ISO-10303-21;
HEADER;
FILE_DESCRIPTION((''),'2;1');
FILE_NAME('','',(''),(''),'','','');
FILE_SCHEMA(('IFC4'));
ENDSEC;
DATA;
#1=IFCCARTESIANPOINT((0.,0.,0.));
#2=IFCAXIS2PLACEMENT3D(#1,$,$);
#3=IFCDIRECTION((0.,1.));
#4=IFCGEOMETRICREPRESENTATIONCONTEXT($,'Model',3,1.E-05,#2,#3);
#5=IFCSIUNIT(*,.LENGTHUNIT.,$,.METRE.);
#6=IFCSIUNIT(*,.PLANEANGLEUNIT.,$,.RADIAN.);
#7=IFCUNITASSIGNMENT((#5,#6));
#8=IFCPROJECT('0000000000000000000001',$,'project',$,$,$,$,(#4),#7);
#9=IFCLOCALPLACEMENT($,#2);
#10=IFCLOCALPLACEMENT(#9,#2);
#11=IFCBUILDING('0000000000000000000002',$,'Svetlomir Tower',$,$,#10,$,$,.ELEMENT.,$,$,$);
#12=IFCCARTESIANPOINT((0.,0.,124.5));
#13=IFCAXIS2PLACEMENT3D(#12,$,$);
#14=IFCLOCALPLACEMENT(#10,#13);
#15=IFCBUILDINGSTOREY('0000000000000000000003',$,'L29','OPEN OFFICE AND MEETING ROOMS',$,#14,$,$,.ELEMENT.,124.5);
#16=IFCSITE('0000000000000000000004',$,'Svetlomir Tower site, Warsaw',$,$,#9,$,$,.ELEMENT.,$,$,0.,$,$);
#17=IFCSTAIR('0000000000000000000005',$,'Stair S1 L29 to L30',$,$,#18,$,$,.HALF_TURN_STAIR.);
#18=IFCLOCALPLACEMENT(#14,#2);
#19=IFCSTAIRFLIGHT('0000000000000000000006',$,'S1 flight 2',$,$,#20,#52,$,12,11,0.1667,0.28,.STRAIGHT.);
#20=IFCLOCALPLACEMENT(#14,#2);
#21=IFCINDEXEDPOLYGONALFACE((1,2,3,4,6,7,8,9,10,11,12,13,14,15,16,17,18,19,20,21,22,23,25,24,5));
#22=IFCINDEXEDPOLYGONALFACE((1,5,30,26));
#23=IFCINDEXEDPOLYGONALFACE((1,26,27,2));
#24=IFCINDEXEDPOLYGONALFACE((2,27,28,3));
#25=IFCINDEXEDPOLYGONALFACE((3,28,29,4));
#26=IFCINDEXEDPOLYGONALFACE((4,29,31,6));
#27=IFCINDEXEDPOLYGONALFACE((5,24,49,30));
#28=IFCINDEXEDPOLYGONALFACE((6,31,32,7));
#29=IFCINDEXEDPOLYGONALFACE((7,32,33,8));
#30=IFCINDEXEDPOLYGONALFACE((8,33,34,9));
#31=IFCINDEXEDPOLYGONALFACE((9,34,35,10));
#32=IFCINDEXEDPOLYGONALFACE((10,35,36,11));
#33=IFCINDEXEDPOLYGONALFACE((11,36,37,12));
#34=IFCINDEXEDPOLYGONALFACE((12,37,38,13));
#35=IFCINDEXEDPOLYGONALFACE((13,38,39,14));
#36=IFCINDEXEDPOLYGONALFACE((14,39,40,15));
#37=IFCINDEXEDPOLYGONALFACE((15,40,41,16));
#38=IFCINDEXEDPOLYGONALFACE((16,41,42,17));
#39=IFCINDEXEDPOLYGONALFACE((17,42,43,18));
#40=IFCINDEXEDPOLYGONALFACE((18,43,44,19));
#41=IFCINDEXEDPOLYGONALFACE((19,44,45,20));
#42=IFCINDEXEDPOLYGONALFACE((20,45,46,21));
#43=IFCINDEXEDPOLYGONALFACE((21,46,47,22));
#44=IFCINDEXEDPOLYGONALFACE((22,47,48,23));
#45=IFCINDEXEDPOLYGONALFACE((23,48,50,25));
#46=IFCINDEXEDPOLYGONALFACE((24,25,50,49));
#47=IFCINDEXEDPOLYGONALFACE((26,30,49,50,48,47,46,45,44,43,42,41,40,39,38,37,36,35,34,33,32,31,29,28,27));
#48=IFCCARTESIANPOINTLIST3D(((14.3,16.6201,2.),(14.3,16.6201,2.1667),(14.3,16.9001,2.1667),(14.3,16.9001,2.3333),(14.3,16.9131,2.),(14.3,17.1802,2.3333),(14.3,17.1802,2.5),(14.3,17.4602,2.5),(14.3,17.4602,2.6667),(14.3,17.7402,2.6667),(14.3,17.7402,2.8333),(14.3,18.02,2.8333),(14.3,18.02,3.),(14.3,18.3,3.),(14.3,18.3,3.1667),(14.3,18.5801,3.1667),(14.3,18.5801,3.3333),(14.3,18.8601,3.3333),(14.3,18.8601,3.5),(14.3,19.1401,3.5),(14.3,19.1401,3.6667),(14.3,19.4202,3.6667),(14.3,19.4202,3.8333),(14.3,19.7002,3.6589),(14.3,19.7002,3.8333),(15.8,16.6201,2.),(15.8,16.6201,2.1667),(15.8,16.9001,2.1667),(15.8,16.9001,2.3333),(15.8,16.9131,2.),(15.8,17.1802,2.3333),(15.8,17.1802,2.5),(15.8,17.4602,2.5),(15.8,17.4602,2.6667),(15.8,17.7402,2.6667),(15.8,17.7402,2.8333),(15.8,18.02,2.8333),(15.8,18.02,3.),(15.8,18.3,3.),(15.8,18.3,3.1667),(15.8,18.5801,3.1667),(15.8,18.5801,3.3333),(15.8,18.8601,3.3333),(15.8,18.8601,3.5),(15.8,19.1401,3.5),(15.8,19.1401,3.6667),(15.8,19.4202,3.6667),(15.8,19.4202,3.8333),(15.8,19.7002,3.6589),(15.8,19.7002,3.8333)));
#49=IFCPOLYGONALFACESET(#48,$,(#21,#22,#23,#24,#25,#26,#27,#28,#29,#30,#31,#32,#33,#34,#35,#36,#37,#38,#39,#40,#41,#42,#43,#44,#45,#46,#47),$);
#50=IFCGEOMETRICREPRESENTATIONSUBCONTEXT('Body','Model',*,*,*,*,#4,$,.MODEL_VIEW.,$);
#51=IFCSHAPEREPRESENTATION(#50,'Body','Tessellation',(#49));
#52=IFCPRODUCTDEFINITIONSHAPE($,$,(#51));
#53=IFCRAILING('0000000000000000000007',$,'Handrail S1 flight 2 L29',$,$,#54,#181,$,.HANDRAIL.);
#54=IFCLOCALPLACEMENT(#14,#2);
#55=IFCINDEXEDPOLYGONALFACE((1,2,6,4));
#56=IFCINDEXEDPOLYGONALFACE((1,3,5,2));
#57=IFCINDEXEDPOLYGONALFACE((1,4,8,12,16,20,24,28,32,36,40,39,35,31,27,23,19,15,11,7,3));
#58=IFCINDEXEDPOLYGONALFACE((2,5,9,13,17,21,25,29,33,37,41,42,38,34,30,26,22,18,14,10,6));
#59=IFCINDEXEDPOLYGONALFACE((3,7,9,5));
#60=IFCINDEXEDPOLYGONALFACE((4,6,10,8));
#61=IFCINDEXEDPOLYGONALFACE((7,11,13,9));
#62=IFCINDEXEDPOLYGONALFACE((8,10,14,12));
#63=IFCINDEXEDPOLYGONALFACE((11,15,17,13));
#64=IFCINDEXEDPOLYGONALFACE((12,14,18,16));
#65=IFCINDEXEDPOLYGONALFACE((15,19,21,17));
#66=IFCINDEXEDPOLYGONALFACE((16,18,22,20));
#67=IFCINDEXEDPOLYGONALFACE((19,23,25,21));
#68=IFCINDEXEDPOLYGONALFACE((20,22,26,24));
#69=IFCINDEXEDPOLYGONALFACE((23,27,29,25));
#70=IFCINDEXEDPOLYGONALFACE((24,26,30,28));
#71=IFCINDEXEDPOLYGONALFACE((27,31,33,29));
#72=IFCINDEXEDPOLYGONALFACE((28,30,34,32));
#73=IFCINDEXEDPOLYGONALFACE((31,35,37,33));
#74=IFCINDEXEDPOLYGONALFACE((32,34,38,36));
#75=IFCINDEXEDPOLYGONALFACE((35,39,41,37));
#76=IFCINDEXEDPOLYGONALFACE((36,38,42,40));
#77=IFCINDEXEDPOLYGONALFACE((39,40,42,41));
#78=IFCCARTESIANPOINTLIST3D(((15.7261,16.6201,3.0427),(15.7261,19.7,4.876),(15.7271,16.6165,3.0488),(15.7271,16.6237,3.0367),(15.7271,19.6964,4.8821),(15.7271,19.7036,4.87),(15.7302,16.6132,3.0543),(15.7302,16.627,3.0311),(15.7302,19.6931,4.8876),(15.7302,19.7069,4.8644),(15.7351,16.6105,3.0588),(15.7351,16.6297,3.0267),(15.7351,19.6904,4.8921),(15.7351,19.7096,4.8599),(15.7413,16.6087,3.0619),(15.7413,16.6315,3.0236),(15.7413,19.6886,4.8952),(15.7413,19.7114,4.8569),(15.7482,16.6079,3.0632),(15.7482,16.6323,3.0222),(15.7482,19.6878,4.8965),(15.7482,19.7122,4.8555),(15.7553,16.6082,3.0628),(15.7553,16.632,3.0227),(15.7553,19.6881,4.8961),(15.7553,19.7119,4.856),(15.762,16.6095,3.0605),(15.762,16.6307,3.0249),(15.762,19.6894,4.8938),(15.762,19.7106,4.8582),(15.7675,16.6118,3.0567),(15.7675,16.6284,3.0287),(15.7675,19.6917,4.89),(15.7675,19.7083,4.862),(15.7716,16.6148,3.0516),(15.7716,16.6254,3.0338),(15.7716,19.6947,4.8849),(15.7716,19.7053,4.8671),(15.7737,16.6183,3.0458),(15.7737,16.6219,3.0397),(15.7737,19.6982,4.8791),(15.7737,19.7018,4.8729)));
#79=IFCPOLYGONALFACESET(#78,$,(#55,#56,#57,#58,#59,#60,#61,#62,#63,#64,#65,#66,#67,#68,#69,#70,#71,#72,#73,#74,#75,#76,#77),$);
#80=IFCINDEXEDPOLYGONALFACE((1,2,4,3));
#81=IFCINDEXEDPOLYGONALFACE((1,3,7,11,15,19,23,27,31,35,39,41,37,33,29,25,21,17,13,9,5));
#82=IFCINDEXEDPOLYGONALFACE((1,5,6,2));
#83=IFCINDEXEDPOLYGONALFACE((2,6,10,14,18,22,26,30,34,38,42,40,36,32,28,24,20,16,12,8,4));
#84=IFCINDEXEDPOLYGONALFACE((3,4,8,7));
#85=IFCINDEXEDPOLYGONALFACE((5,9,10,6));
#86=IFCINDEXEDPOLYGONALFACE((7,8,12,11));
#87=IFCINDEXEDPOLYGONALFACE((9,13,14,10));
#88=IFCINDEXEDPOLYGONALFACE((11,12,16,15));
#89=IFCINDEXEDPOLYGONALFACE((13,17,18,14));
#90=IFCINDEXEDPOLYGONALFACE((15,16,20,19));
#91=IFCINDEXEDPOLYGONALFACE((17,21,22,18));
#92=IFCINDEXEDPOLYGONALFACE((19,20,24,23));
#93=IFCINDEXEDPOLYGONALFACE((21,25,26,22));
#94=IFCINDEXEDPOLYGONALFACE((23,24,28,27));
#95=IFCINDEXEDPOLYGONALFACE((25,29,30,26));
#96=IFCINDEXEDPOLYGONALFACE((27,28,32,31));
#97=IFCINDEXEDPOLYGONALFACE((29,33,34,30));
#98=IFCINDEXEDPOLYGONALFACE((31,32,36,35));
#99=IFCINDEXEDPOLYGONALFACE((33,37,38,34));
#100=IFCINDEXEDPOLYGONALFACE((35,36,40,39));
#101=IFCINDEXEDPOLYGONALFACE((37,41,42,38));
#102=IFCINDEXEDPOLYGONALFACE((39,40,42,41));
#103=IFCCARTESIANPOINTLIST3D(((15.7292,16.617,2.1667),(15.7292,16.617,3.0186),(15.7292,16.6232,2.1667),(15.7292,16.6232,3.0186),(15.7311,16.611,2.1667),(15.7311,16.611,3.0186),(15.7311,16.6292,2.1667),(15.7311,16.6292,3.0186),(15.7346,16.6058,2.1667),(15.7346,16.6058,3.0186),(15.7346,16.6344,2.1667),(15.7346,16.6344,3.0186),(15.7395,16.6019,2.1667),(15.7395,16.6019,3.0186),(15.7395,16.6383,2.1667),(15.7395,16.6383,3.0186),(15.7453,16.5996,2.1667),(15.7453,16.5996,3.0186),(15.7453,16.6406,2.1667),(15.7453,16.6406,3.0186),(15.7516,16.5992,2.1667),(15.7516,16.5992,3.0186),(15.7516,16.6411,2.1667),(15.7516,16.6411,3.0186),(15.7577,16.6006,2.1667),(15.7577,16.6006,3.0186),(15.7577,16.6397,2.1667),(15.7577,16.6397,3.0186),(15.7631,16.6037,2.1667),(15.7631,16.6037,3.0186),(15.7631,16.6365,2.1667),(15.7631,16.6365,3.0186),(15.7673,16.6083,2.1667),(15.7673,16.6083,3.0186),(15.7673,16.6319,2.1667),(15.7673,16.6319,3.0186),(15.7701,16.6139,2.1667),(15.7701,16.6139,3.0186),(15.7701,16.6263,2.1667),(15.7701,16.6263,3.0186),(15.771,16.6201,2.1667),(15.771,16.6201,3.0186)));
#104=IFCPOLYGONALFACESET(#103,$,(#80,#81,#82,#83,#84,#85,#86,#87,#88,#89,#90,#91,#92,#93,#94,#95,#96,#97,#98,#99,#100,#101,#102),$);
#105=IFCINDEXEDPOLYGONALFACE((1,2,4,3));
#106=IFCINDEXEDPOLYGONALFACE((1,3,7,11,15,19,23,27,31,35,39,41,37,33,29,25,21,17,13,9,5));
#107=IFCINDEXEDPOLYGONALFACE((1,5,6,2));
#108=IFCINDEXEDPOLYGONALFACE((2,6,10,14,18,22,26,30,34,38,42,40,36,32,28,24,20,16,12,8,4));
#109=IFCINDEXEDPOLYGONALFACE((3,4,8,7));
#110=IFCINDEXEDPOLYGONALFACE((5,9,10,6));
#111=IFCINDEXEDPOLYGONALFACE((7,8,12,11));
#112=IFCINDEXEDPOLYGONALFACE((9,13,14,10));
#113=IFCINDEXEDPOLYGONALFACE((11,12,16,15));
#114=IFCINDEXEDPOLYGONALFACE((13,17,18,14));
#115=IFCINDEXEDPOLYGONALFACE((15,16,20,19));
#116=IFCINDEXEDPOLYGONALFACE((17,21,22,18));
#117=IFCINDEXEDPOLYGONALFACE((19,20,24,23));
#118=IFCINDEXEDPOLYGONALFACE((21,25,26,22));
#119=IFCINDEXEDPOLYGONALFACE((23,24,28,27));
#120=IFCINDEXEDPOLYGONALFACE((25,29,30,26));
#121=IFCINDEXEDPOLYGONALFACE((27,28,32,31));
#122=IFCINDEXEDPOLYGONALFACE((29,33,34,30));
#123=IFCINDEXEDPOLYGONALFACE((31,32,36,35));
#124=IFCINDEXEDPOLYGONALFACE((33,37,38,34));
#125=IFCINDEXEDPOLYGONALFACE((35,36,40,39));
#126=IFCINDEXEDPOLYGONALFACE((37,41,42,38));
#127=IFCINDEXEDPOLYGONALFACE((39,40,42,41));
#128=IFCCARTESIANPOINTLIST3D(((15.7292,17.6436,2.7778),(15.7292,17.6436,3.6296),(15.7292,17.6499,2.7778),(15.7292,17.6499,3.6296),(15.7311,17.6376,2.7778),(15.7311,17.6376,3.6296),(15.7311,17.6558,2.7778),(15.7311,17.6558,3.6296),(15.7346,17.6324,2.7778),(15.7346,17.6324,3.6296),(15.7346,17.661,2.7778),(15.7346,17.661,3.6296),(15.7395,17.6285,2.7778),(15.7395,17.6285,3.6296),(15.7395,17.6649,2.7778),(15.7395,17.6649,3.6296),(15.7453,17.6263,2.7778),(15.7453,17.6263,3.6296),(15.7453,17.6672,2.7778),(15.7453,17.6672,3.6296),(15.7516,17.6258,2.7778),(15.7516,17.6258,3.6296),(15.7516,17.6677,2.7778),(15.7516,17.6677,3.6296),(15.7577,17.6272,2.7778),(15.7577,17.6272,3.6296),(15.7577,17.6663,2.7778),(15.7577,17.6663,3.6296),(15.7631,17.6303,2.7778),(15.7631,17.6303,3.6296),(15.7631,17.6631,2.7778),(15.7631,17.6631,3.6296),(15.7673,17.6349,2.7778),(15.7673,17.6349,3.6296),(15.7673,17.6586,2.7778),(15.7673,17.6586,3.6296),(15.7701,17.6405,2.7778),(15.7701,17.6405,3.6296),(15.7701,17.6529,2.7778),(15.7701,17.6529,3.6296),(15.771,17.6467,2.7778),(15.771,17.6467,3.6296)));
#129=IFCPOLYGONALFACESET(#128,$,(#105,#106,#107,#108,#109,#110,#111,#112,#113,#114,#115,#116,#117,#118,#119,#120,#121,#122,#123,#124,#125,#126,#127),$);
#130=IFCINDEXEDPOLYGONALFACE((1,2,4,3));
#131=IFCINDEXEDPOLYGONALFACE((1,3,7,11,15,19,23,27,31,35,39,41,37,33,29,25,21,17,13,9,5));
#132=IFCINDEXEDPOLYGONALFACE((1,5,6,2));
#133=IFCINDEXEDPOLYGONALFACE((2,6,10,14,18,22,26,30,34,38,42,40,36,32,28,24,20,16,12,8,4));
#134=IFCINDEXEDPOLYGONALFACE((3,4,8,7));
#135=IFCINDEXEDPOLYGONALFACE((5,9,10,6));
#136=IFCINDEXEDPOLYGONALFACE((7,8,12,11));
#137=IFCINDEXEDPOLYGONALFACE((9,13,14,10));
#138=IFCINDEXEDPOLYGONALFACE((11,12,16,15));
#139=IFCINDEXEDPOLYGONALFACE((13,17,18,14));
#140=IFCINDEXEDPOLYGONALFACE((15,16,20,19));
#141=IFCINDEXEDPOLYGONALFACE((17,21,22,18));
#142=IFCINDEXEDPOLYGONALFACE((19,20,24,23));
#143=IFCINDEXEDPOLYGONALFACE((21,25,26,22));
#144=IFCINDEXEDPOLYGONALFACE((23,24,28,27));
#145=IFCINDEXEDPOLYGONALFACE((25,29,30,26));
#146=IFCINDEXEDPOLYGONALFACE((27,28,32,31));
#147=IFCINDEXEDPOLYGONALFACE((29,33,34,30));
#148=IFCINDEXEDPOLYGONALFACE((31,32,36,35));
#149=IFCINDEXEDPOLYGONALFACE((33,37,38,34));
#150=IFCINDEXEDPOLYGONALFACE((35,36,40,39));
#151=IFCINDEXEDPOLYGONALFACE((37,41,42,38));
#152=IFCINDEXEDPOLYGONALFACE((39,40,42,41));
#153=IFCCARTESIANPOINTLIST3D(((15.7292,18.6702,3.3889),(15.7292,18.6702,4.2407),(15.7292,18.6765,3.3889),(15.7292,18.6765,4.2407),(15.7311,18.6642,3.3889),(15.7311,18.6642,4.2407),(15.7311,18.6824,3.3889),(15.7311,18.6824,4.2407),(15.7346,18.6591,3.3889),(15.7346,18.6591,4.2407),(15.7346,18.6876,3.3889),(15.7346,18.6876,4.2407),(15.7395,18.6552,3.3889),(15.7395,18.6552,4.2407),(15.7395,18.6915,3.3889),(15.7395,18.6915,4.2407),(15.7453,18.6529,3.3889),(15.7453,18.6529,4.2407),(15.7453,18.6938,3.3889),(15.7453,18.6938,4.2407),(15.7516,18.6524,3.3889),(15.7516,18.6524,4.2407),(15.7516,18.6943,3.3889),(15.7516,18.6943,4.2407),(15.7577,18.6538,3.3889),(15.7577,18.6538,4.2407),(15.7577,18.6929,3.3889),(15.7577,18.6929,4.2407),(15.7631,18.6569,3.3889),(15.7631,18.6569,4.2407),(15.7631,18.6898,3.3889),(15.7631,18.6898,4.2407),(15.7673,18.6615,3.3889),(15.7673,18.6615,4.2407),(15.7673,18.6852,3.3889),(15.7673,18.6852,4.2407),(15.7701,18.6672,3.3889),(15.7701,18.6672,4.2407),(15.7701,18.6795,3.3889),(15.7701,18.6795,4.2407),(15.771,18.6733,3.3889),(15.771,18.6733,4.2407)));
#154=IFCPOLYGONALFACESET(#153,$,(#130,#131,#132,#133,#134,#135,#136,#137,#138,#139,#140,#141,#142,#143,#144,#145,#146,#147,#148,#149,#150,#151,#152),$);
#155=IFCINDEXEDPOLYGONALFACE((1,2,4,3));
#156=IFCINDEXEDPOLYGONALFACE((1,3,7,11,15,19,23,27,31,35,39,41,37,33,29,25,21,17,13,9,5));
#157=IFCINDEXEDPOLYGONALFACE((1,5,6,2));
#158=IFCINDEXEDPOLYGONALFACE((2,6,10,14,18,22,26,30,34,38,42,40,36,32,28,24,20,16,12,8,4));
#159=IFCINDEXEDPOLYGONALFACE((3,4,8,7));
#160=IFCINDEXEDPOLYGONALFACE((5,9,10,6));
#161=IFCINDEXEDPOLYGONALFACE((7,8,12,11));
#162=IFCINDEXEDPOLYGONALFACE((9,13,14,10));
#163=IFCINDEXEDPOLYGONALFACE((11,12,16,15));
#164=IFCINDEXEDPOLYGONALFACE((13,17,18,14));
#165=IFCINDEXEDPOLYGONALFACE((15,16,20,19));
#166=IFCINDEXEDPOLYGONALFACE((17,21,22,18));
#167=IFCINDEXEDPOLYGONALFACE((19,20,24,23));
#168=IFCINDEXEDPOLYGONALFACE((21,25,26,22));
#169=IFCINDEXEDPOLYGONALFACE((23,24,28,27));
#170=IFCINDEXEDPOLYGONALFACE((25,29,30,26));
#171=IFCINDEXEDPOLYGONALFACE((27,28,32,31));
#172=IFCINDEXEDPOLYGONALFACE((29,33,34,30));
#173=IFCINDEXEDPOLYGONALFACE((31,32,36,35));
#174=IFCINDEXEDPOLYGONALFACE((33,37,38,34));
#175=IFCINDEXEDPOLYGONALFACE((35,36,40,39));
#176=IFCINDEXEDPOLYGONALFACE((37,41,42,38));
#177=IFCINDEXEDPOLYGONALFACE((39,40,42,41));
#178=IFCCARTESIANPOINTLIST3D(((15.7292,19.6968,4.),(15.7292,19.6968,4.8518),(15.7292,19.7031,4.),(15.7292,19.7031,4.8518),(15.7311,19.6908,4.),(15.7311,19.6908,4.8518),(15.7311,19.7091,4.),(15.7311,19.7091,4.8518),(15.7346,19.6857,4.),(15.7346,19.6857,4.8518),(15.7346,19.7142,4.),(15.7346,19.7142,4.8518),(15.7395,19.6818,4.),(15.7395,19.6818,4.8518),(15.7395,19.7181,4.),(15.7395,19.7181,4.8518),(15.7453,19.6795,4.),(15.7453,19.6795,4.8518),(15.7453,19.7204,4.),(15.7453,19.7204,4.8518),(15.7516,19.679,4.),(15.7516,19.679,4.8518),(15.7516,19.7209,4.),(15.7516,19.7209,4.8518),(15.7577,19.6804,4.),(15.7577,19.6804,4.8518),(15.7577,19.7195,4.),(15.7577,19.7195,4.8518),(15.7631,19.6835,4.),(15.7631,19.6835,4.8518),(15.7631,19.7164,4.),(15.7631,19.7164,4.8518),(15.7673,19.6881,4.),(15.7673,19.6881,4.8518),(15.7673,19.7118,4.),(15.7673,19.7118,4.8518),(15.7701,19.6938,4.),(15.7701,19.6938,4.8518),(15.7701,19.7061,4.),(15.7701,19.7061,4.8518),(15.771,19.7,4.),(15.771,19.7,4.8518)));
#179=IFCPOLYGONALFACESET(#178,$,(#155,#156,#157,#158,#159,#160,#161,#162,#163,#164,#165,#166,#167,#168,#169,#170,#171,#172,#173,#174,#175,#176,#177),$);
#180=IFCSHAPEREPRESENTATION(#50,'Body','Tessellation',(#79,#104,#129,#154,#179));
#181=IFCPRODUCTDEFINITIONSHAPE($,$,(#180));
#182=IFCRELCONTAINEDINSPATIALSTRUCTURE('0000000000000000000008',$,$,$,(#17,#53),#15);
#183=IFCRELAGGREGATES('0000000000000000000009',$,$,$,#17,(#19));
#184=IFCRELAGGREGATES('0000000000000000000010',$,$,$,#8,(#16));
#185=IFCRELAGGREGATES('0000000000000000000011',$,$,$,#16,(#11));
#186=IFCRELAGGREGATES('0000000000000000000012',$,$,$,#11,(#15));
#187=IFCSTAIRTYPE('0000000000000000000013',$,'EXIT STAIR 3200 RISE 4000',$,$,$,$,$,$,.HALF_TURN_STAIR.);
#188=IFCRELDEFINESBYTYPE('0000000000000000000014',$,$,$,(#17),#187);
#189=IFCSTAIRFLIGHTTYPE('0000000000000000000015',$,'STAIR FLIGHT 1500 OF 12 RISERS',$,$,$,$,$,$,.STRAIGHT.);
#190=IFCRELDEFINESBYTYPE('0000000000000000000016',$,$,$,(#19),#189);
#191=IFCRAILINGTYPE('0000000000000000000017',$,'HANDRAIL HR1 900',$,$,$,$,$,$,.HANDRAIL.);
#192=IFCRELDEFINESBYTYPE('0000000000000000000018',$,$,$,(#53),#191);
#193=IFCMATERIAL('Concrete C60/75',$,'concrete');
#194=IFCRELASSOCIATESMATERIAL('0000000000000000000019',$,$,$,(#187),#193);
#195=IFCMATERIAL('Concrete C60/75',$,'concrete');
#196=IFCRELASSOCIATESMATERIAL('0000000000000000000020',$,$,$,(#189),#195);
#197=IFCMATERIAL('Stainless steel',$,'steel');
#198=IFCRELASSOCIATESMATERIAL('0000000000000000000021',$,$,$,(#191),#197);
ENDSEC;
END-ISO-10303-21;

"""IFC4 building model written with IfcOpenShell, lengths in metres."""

from ifc_helpers import new_model, si_unit, direction, frame, origin, origin_2d, place, context, subcontext, project, spatial, polyline, circle, outline, extrude, material, type_object, element, aggregate, save


model = new_model("IFC4")

# Units and contexts
model_context = context("Model", 3, precision=1e-05, world=origin(), true_north=direction((0.0, 1.0)))
body_context = subcontext(model_context, "Body", "Model", "MODEL_VIEW")
ifc_project = project(units=[si_unit("LENGTHUNIT", "METRE"), si_unit("PLANEANGLEUNIT", "RADIAN")], contexts=[model_context])

# Site, building, storey
site_placement = place(None, origin())
site = spatial("IfcSite", under=ifc_project, at=site_placement, Name="Svetlomir Tower site, Warsaw", CompositionType="ELEMENT", RefElevation=0.0)
building_placement = place(site_placement, origin())
building = spatial("IfcBuilding", under=site, at=building_placement, Name="Svetlomir Tower", CompositionType="ELEMENT")
storey_placement = place(building_placement, frame((0.0, 0.0, 124.5)))
storey = spatial("IfcBuildingStorey", under=building, at=storey_placement, Name="L29", Description="OPEN OFFICE AND MEETING ROOMS", CompositionType="ELEMENT", Elevation=124.5)

# Stair, stair flight
ifc_material_1 = material(Name="Concrete C60/75", Category="concrete")
stair_type = type_object("IfcStairType", Name="EXIT STAIR 3200 RISE 4000", PredefinedType="HALF_TURN_STAIR", material=ifc_material_1)
stair_placement = place(storey_placement, origin())
stair = element("IfcStair", 1, at=stair_placement, inside=storey, type_object=stair_type, Name="Stair S1 L29 to L30", PredefinedType="HALF_TURN_STAIR")
ifc_material_2 = material(Name="Concrete C60/75", Category="concrete")
stair_flight_type = type_object("IfcStairFlightType", Name="STAIR FLIGHT 1500 OF 12 RISERS", PredefinedType="STRAIGHT", material=ifc_material_2)
stair_flight_placement = place(storey_placement, frame((15.05, 16.6201, 2.0), z_axis=(0.0, 0.0, 1.0), x_axis=(0.0, 1.0, 0.0)))
stair_flight = element("IfcStairFlight", 2, at=stair_flight_placement, type_object=stair_flight_type, Name="S1 flight 2", NumberOfRisers=12, NumberOfTreads=11, PredefinedType="STRAIGHT", RiserHeight=0.1667, TreadLength=0.28, context=body_context, shape_type="SweptSolid", body=[
    extrude(outline(polyline([(0.0, 0.0), (0.0, 0.1667), (0.28, 0.1667), (0.28, 0.3333), (0.5601, 0.3333), (0.5601, 0.5), (0.8401, 0.5), (0.8401, 0.6667), (1.1201, 0.6667), (1.1201, 0.8333), (1.3999, 0.8333), (1.3999, 1.0), (1.6799, 1.0), (1.6799, 1.1667), (1.96, 1.1667), (1.96, 1.3333), (2.24, 1.3333), (2.24, 1.5), (2.52, 1.5), (2.52, 1.6667), (2.8, 1.6667), (2.8, 1.8333), (3.0801, 1.8333), (3.0801, 2.0), (3.0801, 1.6589), (0.293, 0.0), (0.0, 0.0)])), frame((0.0, 0.75, 0.0), z_axis=(0.0, -1.0, 0.0), x_axis=(1.0, 0.0, 0.0)), (0.0, 0.0, 1.0), 1.5),
])
aggregate(stair, [stair_flight])

# Railing
ifc_material_3 = material(Name="Stainless steel", Category="steel")
railing_type = type_object("IfcRailingType", Name="HANDRAIL HR1 900", PredefinedType="HANDRAIL", material=ifc_material_3)
railing_placement = place(storey_placement, frame((15.75, 16.6201, 2.1667)))
element("IfcRailing", 3, at=railing_placement, inside=storey, type_object=railing_type, Name="Handrail S1 flight 2 L29", PredefinedType="HANDRAIL", context=body_context, shape_type="SweptSolid", body=[
    extrude(circle(Radius=0.0239, at=origin_2d()), frame((0.0, 0.0, 0.876), z_axis=(0.0, 0.859291, 0.511487), x_axis=(-1.0, 0.0, 0.0)), (0.0, 0.0, 1.0), 3.5842),
    extrude(circle(Radius=0.021, at=origin_2d()), origin(), (0.0, 0.0, 1.0), 0.8518),
    extrude(circle(Radius=0.021, at=origin_2d()), frame((0.0, 1.0266, 0.6111)), (0.0, 0.0, 1.0), 0.8518),
    extrude(circle(Radius=0.021, at=origin_2d()), frame((0.0, 2.0532, 1.2222)), (0.0, 0.0, 1.0), 0.8518),
    extrude(circle(Radius=0.021, at=origin_2d()), frame((0.0, 3.0798, 1.8333)), (0.0, 0.0, 1.0), 0.8518),
])

save(model, "model.ifc")
